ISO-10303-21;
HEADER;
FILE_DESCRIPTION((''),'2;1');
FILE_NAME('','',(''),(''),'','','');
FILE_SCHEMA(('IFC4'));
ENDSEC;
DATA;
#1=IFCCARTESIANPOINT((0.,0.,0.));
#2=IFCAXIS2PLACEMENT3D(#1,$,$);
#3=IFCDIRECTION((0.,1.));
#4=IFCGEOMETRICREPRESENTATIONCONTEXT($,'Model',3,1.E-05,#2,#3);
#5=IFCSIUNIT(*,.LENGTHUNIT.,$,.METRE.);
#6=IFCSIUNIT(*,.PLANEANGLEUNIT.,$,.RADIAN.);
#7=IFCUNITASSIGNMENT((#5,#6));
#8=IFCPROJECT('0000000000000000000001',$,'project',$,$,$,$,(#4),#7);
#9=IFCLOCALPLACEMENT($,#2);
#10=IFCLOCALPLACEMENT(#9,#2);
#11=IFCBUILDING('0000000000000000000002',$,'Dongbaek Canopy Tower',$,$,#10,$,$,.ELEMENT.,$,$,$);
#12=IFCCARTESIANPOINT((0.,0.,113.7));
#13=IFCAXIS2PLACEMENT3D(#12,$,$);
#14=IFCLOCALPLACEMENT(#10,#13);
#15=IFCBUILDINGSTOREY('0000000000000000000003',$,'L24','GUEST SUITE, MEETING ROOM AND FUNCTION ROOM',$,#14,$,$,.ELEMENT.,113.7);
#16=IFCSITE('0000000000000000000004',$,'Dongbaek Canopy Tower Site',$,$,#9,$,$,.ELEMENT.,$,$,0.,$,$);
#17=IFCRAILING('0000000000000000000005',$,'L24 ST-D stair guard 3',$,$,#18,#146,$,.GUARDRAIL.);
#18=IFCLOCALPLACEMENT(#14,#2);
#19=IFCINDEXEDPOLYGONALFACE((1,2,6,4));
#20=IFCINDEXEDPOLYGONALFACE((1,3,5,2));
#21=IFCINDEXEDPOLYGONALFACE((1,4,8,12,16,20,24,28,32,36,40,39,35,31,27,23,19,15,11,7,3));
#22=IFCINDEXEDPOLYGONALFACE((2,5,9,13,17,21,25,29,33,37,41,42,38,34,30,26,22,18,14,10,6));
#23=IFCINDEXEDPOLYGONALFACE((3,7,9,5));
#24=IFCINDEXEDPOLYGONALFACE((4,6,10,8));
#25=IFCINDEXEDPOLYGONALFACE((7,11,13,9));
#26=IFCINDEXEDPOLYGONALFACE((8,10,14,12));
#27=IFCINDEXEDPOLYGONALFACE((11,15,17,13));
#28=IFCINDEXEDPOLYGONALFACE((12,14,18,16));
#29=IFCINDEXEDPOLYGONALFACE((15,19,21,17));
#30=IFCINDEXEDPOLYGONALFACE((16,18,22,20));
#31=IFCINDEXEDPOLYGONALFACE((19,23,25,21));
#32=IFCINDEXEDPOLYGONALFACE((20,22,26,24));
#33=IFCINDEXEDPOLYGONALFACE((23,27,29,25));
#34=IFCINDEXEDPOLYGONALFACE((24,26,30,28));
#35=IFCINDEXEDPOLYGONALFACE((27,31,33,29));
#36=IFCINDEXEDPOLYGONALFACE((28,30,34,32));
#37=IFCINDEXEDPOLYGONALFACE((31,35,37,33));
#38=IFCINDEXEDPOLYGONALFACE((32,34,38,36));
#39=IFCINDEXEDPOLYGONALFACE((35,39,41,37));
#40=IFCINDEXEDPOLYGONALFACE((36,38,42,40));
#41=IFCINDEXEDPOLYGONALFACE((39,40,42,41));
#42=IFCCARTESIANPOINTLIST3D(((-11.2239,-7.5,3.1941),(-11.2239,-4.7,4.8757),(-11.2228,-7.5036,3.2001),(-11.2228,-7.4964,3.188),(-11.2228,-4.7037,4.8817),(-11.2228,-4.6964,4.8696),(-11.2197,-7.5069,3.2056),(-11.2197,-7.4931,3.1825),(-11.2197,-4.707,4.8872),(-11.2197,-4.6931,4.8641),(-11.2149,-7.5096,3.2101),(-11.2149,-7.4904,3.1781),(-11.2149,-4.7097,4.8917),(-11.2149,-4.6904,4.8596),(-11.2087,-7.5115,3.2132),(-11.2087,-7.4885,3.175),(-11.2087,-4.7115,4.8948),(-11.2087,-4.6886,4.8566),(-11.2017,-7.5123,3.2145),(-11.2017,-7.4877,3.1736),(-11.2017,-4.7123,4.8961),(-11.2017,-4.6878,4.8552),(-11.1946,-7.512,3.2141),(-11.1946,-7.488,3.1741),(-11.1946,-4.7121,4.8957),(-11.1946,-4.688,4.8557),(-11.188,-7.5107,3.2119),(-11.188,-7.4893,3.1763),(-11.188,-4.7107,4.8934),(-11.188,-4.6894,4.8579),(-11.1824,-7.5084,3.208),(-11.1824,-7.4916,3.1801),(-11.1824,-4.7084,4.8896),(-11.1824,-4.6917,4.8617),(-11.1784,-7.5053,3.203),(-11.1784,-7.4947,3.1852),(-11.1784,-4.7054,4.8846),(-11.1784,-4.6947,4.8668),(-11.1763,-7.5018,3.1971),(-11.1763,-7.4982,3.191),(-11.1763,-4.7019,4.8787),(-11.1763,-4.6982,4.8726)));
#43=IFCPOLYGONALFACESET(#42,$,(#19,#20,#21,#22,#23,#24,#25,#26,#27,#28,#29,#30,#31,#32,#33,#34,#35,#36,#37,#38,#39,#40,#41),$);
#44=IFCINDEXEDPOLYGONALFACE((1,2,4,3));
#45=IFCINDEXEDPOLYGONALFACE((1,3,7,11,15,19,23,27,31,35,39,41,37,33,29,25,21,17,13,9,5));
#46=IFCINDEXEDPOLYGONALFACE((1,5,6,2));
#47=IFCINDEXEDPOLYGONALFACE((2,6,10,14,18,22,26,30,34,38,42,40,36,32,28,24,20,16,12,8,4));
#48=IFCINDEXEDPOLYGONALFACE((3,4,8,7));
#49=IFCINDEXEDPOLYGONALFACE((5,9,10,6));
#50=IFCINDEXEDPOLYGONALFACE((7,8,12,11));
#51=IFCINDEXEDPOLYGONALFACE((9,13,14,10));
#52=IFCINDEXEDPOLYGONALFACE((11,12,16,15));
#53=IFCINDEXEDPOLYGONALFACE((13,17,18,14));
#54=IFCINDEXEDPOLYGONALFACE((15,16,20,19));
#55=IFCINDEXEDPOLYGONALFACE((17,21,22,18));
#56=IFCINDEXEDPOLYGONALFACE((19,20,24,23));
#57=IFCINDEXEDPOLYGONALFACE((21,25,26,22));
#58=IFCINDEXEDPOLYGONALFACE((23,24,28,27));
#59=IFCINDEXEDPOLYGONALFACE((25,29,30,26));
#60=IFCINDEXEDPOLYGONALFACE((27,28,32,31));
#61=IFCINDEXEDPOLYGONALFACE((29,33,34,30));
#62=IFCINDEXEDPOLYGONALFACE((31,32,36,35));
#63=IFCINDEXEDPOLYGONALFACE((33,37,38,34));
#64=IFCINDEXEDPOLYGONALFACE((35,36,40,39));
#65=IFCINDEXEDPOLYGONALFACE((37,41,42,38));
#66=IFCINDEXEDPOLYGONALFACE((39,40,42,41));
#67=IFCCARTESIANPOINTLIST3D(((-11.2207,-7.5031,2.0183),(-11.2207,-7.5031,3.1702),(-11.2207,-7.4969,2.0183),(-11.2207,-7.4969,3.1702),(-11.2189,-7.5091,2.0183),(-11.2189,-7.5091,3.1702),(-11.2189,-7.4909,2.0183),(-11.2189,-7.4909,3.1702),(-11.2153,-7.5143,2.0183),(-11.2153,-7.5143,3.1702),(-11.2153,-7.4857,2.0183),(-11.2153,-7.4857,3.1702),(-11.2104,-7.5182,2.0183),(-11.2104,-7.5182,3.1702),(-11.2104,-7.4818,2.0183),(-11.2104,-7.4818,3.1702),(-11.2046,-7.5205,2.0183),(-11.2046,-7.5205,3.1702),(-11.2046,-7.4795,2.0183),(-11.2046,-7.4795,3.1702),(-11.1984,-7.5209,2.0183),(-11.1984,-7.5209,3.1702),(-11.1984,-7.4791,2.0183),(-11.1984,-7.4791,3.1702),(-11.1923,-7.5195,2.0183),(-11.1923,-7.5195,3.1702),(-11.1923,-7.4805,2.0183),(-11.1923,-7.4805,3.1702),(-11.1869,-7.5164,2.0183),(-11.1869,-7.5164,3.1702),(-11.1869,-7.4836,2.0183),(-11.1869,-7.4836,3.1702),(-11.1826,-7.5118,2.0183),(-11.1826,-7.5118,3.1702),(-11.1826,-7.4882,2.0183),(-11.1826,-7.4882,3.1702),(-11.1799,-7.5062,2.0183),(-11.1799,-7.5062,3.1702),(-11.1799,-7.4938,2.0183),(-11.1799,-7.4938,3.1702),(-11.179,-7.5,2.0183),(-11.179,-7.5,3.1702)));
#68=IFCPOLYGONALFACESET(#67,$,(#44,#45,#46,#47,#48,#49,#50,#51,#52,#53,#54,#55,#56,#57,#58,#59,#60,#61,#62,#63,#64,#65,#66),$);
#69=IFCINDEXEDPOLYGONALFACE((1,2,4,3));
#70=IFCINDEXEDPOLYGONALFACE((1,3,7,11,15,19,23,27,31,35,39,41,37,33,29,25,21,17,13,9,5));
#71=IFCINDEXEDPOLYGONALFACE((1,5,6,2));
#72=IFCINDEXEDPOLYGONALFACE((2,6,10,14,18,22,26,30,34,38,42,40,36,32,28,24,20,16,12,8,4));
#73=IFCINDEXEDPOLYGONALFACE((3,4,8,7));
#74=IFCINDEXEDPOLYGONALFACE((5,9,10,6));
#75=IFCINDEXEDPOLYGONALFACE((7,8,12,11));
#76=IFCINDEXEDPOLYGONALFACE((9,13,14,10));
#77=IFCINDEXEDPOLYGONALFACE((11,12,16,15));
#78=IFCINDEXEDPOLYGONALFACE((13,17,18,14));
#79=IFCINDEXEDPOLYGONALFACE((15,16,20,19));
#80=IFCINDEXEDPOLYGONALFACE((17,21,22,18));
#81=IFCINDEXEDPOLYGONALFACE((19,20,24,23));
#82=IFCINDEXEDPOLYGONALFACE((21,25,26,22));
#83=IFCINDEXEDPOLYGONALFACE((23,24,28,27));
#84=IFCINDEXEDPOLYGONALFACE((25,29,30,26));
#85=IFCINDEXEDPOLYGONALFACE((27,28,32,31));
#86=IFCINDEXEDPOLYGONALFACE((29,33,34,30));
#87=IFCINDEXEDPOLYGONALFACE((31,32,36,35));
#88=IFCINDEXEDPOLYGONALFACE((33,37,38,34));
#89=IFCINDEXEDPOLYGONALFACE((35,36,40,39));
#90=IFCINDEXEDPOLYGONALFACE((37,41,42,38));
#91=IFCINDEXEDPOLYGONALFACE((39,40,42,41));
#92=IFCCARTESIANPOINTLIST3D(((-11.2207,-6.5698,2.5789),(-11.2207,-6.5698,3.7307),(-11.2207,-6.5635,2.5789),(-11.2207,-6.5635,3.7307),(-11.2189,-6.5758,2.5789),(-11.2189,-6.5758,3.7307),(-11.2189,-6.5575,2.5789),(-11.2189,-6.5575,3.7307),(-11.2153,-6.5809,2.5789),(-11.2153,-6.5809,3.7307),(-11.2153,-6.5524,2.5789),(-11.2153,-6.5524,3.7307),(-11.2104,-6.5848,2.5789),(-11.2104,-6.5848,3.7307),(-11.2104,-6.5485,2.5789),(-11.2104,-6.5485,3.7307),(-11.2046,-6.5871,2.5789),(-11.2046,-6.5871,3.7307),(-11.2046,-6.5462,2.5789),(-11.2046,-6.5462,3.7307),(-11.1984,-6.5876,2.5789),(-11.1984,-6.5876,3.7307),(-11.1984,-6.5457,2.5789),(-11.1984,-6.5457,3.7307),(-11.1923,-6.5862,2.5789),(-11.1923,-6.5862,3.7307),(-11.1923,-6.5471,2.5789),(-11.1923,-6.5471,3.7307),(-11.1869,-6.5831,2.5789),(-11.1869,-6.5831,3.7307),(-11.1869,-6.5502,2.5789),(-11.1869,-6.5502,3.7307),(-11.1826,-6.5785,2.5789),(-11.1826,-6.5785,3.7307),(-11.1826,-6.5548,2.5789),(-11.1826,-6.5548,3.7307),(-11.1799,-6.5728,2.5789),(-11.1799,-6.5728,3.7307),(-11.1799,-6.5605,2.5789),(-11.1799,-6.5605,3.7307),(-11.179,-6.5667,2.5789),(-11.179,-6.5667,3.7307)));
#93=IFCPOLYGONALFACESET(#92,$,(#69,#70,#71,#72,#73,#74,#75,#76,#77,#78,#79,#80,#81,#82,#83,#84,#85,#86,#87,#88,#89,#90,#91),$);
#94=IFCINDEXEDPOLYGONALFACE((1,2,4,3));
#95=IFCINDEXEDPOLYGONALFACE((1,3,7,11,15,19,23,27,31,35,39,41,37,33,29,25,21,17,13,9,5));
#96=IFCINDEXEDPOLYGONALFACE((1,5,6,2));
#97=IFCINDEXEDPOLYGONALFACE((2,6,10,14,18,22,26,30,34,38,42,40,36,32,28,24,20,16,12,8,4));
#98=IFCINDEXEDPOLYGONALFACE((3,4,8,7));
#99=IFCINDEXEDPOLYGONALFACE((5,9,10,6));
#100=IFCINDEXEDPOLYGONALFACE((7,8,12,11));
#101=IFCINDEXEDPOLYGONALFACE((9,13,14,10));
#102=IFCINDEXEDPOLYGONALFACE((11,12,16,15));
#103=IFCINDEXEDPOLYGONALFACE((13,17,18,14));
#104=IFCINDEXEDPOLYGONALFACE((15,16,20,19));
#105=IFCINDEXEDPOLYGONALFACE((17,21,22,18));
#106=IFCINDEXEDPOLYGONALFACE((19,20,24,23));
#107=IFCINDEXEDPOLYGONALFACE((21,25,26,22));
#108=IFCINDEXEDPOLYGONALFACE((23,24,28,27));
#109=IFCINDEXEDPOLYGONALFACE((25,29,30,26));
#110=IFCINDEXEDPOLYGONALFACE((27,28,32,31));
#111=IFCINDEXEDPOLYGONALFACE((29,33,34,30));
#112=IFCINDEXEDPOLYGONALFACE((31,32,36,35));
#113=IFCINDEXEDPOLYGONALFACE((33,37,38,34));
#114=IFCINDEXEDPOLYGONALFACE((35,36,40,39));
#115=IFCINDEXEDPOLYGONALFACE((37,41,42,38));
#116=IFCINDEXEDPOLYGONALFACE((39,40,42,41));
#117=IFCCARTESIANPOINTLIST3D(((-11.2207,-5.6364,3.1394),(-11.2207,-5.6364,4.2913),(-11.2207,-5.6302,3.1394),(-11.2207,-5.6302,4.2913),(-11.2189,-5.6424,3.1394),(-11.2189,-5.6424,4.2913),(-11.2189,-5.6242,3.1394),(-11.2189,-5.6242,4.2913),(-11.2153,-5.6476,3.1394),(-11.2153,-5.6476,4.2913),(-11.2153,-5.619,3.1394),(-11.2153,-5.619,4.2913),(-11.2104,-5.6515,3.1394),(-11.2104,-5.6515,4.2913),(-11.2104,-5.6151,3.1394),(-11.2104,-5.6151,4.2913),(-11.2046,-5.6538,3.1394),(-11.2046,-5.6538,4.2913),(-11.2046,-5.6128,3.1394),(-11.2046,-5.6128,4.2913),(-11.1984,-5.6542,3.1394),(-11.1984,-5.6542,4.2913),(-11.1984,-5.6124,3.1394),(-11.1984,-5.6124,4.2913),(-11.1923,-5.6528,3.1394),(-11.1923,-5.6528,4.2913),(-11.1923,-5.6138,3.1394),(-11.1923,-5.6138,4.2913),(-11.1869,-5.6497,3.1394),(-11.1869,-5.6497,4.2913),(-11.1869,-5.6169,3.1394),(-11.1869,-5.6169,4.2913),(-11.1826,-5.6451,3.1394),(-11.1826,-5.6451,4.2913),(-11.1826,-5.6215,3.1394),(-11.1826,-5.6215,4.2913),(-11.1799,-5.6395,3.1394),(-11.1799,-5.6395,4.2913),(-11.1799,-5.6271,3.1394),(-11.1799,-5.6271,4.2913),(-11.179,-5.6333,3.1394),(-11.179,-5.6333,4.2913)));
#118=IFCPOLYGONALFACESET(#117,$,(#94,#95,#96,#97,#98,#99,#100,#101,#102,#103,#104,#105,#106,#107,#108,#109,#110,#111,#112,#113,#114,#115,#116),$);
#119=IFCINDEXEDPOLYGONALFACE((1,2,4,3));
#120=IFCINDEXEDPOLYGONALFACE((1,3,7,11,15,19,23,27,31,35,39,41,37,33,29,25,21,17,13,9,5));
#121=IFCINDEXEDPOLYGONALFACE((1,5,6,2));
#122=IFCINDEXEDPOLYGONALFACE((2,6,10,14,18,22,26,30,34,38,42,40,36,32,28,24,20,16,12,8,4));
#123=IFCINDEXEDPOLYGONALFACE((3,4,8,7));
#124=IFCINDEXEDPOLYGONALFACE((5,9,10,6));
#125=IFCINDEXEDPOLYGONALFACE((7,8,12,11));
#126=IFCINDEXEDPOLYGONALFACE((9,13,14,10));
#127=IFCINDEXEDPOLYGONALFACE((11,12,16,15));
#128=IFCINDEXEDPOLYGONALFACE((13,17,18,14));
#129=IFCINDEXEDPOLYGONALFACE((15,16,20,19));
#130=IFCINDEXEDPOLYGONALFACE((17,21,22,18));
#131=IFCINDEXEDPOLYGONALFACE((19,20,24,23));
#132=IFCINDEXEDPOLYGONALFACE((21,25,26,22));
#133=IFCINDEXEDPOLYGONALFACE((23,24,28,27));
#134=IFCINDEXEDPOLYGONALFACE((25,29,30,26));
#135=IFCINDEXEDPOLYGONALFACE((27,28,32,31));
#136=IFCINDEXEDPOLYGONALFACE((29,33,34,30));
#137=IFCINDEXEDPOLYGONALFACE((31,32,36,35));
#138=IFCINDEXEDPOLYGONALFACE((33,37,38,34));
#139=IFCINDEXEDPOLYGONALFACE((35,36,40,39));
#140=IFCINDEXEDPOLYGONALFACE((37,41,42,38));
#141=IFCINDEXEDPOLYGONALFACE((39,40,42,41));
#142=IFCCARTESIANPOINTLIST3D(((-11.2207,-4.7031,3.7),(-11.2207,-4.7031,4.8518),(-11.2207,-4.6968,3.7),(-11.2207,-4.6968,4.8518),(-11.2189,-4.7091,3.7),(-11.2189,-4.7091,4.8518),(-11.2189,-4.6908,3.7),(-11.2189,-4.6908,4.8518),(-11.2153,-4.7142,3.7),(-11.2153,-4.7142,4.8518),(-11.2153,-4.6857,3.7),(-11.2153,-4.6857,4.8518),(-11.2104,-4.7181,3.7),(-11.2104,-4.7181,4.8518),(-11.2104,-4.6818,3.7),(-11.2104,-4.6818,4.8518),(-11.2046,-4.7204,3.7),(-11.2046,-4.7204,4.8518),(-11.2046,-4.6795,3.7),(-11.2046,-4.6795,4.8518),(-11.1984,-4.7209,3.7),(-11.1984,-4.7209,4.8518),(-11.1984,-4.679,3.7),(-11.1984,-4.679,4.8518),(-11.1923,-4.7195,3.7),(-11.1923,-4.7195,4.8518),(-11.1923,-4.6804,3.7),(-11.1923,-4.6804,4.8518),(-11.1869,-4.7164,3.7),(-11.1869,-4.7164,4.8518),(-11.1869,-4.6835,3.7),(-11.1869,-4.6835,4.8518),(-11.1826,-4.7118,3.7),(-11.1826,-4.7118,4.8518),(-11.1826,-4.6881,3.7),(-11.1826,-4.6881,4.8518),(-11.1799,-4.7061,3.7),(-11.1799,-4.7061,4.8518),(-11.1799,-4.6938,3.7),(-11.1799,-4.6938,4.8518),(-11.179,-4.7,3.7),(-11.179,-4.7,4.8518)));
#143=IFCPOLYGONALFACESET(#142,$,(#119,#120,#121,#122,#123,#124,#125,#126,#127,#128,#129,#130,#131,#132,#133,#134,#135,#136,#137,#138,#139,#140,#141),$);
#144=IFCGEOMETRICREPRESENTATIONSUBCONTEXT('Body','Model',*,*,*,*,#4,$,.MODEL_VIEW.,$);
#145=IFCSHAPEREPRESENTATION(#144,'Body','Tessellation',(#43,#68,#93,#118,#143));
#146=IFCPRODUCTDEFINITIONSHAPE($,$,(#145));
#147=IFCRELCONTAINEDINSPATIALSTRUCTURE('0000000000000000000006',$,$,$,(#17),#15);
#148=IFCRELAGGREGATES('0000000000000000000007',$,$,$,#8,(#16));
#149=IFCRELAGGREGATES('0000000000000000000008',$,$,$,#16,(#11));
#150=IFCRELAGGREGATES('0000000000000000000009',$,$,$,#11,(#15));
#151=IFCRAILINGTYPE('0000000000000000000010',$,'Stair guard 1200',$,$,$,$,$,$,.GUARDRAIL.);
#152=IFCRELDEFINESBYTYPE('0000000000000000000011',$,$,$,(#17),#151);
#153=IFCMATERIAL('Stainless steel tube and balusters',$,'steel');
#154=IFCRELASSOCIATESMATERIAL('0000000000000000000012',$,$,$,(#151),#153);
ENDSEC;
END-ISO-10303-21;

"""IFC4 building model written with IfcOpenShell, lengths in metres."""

from ifc_helpers import new_model, si_unit, direction, frame, origin, origin_2d, place, context, subcontext, project, spatial, circle, extrude, material, type_object, element, save


model = new_model("IFC4")

# Units and contexts
model_context = context("Model", 3, precision=1e-05, world=origin(), true_north=direction((0.0, 1.0)))
body_context = subcontext(model_context, "Body", "Model", "MODEL_VIEW")
ifc_project = project(units=[si_unit("LENGTHUNIT", "METRE"), si_unit("PLANEANGLEUNIT", "RADIAN")], contexts=[model_context])

# Site, building, storey
site_placement = place(None, origin())
site = spatial("IfcSite", under=ifc_project, at=site_placement, Name="Dongbaek Canopy Tower Site", CompositionType="ELEMENT", RefElevation=0.0)
building_placement = place(site_placement, origin())
building = spatial("IfcBuilding", under=site, at=building_placement, Name="Dongbaek Canopy Tower", CompositionType="ELEMENT")
storey_placement = place(building_placement, frame((0.0, 0.0, 113.7)))
storey = spatial("IfcBuildingStorey", under=building, at=storey_placement, Name="L24", Description="GUEST SUITE, MEETING ROOM AND FUNCTION ROOM", CompositionType="ELEMENT", Elevation=113.7)

# Railing
ifc_material_1 = material(Name="Stainless steel tube and balusters", Category="steel")
railing_type_1 = type_object("IfcRailingType", Name="Stair guard 1200", PredefinedType="GUARDRAIL", material=ifc_material_1)
railing_1_placement = place(storey_placement, frame((-11.2, -7.5, 2.0183)))
element("IfcRailing", 1, at=railing_1_placement, inside=storey, type_object=railing_type_1, Name="L24 ST-D stair guard 3", PredefinedType="GUARDRAIL", context=body_context, shape_type="SweptSolid", body=[
    extrude(circle(Radius=0.0239, at=origin_2d()), frame((0.0, 0.0, 1.1758), z_axis=(0.0, 0.857275, 0.514858), x_axis=(-1.0, 0.0, 0.0)), (0.0, 0.0, 1.0), 3.2661),
    extrude(circle(Radius=0.021, at=origin_2d()), origin(), (0.0, 0.0, 1.0), 1.1519),
    extrude(circle(Radius=0.021, at=origin_2d()), frame((0.0, 0.9333, 0.5605)), (0.0, 0.0, 1.0), 1.1519),
    extrude(circle(Radius=0.021, at=origin_2d()), frame((0.0, 1.8667, 1.1211)), (0.0, 0.0, 1.0), 1.1519),
    extrude(circle(Radius=0.021, at=origin_2d()), frame((0.0, 2.8, 1.6816)), (0.0, 0.0, 1.0), 1.1519),
])

save(model, "model.ifc")
